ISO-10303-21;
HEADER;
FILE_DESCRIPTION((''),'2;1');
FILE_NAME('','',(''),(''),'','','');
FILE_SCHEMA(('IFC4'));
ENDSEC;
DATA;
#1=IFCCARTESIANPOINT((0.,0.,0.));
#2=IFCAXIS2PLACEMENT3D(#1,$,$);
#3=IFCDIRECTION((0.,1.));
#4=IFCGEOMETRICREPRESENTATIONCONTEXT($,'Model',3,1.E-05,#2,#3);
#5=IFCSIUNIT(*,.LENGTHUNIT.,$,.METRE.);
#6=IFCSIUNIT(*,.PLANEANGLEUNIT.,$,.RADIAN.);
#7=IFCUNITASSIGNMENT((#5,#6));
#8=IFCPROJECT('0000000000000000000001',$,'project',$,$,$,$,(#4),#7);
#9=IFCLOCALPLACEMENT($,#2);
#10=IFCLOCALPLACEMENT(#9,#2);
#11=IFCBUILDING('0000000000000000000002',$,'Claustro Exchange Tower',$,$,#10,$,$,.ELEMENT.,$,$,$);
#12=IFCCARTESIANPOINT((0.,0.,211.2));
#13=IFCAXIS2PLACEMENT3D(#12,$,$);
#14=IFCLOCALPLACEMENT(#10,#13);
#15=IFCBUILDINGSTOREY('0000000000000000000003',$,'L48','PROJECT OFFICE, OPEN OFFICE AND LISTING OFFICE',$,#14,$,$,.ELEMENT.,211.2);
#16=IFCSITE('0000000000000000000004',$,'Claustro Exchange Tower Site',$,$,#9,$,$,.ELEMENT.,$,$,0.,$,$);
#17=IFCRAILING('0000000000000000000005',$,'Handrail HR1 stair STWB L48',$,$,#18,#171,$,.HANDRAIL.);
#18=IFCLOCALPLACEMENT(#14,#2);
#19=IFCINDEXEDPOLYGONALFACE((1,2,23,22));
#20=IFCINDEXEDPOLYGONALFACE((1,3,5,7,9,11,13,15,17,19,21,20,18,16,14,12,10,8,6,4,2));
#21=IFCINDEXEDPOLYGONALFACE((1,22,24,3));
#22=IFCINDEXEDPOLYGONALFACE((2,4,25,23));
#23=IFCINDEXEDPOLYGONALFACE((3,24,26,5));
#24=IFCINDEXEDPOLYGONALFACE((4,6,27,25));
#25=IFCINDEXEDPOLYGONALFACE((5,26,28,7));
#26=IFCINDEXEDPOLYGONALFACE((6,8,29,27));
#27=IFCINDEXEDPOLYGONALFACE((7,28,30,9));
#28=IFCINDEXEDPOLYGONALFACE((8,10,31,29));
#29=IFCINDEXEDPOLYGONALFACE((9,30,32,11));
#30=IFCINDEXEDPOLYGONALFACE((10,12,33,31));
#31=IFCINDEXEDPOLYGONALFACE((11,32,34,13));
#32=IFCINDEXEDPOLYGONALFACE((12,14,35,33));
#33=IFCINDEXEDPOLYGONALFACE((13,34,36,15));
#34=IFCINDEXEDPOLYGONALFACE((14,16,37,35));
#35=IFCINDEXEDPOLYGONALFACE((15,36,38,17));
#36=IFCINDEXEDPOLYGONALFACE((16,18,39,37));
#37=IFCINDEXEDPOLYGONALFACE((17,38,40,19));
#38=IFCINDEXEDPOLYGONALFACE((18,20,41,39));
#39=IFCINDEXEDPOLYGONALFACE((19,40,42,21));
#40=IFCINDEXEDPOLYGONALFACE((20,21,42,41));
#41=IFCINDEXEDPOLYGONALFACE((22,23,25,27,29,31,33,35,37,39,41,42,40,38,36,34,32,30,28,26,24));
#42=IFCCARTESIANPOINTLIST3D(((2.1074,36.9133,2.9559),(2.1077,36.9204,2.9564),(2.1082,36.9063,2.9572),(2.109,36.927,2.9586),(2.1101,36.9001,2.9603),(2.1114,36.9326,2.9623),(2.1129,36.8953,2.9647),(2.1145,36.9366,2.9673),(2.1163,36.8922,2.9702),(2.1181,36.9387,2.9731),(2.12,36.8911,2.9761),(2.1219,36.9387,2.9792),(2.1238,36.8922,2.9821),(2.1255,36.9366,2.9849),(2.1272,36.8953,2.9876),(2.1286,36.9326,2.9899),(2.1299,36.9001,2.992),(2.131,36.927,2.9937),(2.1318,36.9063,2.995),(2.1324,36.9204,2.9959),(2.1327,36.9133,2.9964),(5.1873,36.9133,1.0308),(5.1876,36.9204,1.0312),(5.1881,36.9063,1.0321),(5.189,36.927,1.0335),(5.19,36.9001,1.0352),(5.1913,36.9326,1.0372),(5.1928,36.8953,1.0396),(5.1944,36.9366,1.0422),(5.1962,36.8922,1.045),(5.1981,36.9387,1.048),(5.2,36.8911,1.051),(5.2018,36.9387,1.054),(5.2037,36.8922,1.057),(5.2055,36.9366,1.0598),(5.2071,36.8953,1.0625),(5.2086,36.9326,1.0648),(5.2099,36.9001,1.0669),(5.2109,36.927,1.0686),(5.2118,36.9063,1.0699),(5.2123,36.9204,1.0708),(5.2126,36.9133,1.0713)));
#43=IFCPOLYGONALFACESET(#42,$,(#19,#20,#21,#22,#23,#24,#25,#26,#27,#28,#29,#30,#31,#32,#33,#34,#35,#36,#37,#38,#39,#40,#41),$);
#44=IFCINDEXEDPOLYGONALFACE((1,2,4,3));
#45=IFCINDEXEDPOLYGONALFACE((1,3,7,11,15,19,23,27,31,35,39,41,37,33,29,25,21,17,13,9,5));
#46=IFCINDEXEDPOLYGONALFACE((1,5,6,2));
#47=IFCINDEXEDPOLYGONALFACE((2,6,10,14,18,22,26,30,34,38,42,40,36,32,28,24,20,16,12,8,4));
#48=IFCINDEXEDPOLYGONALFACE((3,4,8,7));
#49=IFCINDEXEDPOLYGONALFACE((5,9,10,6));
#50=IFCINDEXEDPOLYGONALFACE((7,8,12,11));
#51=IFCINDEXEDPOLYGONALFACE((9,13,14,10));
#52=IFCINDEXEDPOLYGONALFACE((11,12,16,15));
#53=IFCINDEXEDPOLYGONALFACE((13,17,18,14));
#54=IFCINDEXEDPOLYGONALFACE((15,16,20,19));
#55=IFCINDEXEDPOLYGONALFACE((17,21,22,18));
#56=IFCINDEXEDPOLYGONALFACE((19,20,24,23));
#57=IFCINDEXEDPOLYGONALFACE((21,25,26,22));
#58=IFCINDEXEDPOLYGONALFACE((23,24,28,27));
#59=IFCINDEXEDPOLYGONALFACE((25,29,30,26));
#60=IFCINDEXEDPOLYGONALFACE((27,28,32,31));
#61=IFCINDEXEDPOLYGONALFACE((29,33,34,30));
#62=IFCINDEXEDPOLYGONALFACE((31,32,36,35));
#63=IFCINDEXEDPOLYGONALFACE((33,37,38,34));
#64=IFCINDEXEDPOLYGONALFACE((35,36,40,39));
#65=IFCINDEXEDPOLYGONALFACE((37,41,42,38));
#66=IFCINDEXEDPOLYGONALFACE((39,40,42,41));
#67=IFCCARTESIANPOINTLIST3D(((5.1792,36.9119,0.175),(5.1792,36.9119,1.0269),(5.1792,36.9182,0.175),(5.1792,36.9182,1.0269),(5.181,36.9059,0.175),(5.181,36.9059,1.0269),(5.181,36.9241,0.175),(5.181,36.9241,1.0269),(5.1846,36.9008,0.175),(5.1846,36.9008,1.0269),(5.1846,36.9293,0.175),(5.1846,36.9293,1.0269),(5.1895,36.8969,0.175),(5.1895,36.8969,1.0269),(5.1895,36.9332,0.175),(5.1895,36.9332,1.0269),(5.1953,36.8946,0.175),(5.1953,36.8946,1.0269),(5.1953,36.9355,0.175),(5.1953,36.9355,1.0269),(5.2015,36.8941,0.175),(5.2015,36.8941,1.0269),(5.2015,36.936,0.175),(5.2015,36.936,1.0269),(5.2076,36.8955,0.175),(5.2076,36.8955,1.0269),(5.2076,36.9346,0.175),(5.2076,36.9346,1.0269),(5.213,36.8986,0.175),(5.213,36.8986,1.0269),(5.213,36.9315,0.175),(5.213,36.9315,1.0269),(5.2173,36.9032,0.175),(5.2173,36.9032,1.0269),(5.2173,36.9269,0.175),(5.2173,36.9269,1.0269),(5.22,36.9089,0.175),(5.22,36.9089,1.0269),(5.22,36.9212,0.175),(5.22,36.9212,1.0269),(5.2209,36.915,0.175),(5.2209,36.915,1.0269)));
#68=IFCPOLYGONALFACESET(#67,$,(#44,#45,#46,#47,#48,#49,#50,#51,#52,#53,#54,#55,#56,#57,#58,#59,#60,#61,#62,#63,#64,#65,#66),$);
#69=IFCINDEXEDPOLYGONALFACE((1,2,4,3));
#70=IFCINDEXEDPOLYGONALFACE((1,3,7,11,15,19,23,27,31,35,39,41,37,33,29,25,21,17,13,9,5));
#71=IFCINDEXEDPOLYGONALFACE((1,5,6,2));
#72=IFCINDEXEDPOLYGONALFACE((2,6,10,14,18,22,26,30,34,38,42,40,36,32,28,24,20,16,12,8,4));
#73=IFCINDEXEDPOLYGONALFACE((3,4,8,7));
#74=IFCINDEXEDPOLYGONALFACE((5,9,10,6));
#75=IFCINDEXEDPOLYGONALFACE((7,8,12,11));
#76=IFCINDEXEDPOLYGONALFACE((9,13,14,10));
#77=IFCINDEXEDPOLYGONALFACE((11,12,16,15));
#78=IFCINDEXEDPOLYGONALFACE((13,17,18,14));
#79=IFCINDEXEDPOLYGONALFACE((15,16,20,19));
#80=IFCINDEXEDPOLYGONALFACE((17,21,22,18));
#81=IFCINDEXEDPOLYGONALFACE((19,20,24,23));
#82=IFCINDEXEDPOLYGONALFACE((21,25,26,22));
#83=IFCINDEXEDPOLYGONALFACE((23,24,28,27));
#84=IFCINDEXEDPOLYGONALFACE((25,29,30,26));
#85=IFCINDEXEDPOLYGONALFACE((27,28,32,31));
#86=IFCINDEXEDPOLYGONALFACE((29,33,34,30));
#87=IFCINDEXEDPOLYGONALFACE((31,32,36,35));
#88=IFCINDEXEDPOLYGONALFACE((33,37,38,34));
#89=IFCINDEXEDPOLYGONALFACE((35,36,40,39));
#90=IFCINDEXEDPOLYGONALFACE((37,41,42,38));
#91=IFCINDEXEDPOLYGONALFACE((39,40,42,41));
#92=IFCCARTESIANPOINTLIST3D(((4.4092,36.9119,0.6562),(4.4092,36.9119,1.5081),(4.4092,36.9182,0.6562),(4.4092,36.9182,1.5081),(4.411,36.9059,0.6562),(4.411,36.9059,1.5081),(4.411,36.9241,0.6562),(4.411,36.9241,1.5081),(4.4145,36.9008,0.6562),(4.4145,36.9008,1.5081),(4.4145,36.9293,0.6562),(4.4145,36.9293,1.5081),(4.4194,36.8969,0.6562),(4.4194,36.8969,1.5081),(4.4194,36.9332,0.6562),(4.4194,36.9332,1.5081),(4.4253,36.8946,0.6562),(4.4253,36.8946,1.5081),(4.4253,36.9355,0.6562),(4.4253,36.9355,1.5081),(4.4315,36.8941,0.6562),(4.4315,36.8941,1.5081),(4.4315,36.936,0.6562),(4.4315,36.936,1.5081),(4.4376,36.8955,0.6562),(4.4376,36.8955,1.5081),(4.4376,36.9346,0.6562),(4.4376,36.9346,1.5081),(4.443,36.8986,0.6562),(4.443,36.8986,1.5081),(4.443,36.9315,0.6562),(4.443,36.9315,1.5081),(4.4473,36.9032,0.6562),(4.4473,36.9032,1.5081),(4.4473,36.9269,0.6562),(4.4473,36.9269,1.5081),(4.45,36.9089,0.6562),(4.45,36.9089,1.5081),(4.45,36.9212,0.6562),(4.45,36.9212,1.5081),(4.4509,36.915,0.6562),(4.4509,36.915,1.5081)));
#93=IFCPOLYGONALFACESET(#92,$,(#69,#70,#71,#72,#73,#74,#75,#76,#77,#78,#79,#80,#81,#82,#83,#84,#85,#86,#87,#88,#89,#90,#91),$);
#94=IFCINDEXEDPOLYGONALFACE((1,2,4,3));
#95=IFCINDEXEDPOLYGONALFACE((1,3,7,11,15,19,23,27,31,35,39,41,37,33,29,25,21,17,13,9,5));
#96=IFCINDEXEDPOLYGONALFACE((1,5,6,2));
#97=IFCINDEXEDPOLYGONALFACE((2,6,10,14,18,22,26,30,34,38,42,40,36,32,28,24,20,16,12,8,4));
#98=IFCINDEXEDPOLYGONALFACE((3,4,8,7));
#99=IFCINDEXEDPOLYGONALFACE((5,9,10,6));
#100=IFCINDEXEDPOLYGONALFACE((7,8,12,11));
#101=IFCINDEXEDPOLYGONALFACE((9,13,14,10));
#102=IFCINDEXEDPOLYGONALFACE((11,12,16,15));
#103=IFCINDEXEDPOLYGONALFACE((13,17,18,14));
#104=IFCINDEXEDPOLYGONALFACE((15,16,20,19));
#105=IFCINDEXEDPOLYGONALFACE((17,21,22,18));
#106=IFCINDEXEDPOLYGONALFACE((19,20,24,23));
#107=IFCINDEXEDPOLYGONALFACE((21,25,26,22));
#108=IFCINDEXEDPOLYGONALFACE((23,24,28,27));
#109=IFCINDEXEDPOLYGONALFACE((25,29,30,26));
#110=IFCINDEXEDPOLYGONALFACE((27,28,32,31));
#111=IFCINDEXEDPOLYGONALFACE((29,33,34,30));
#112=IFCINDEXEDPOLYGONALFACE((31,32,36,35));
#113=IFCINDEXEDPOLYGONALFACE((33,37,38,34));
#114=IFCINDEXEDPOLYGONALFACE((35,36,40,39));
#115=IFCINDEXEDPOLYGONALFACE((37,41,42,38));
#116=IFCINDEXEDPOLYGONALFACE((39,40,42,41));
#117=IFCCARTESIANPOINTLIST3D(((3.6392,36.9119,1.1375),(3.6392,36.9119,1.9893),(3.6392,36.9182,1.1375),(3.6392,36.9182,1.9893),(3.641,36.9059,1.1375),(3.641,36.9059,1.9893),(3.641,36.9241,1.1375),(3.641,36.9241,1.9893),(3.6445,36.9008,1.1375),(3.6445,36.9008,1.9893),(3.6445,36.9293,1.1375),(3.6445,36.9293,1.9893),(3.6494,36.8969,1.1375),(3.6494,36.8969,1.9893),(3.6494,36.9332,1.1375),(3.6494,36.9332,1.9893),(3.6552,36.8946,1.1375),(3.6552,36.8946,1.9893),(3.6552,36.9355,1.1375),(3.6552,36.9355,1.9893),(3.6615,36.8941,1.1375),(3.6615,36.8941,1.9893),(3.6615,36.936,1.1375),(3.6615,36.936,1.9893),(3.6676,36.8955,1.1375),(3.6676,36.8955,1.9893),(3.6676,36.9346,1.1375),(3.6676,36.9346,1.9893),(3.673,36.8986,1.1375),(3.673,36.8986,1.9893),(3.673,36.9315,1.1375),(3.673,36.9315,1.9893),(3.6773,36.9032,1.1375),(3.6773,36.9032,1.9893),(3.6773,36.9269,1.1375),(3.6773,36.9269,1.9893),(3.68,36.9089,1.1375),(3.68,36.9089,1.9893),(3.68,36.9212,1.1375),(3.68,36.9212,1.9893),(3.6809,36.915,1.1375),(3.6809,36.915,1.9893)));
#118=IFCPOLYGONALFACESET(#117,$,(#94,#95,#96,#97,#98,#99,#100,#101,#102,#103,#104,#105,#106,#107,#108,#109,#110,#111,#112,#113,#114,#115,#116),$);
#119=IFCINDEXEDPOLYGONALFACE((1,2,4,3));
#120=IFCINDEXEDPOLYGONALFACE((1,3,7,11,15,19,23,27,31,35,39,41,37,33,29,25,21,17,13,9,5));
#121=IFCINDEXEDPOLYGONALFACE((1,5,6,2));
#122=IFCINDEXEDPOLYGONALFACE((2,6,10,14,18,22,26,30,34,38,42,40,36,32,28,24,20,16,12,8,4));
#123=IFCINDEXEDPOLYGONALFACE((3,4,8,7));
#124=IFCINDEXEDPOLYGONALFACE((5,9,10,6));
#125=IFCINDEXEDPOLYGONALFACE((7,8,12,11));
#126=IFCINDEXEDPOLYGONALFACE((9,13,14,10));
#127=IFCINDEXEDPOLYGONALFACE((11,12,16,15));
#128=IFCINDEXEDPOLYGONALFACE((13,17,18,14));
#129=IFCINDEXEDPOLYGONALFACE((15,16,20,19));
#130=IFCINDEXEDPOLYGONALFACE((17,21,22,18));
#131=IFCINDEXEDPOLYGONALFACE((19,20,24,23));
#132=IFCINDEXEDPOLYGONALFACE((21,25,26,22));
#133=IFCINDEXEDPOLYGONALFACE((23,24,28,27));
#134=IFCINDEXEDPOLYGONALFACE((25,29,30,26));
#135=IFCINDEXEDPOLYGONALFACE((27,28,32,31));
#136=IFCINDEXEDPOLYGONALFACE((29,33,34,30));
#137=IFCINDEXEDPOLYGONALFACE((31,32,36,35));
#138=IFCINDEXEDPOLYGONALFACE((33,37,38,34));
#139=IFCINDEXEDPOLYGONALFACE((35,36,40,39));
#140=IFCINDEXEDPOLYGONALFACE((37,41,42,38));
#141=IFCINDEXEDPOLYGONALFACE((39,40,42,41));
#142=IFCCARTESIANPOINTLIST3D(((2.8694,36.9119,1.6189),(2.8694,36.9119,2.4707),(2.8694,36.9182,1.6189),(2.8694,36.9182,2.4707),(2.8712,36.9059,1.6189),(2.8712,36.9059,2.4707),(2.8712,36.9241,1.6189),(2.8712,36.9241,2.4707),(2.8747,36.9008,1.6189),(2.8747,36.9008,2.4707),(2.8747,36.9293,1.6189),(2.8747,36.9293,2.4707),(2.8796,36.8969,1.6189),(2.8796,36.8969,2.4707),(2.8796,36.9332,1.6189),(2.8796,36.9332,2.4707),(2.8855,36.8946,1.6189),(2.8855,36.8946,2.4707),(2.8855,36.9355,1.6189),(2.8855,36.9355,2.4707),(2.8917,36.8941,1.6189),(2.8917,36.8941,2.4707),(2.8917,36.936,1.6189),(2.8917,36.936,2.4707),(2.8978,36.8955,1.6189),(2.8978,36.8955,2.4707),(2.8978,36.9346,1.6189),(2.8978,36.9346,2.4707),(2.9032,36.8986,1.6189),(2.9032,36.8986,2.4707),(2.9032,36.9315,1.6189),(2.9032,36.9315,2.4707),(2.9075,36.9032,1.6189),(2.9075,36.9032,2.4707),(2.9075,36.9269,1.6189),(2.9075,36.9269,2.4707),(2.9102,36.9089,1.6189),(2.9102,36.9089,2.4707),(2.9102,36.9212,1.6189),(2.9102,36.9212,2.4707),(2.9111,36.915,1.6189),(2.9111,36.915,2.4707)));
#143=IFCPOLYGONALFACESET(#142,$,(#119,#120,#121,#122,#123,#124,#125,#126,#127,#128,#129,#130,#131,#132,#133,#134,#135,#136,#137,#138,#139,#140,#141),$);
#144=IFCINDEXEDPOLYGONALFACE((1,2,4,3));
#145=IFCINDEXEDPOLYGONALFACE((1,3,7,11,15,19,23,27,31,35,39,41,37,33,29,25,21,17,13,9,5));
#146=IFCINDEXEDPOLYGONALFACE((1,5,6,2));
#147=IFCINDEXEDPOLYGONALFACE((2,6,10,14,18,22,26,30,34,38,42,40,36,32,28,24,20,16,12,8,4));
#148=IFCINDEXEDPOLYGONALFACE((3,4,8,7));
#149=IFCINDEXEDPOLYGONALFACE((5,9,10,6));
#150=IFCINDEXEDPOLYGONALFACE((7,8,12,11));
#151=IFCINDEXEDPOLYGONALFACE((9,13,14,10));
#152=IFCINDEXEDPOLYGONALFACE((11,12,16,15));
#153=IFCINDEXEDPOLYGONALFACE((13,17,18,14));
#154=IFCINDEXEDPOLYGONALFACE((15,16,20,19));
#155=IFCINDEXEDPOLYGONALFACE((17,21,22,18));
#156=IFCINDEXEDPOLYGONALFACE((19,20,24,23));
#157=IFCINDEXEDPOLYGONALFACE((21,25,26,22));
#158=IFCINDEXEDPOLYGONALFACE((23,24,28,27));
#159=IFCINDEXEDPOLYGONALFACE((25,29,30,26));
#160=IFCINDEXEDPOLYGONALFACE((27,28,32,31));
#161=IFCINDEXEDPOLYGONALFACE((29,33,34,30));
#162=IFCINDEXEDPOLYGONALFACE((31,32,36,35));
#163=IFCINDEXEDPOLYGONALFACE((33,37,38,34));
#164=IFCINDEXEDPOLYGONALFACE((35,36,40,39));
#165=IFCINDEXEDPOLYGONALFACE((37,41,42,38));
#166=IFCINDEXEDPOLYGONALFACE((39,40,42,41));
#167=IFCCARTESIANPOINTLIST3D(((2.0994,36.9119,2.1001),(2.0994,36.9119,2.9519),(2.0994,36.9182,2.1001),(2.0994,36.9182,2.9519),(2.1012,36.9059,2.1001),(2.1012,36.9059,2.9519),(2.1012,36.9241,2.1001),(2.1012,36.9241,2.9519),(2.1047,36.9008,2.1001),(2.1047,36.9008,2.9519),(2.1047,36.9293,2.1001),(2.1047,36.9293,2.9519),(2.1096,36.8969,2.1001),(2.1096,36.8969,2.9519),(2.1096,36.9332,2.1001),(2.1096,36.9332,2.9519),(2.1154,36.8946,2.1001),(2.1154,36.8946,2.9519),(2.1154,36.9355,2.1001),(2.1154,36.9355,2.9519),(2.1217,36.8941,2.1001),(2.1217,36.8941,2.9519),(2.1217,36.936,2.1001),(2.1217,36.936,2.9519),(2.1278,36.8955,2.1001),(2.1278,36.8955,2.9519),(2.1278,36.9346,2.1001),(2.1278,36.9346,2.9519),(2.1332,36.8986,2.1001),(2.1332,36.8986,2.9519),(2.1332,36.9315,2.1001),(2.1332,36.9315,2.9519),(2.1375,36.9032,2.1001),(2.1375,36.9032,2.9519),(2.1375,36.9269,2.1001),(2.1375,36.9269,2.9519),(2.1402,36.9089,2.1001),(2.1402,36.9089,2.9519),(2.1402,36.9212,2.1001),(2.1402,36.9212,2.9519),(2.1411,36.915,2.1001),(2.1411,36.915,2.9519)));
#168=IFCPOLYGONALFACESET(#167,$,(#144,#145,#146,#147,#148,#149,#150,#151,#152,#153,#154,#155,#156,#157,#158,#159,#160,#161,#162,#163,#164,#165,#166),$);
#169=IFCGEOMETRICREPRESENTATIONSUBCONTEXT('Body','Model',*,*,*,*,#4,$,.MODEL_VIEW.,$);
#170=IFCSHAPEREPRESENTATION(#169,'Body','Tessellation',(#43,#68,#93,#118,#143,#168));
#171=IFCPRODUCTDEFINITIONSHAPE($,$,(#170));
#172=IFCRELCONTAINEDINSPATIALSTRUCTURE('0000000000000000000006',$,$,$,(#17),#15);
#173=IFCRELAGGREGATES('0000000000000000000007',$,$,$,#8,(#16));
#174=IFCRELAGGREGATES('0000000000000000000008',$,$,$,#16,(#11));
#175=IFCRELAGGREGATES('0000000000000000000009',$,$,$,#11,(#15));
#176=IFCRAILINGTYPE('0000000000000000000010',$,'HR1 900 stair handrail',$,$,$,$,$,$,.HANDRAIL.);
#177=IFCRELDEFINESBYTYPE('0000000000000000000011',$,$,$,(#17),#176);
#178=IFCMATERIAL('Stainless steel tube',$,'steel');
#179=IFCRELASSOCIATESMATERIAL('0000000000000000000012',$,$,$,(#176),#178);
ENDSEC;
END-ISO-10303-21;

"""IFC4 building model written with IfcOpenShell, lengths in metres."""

from ifc_helpers import new_model, si_unit, direction, frame, origin, origin_2d, place, context, subcontext, project, spatial, circle, extrude, material, type_object, element, save


model = new_model("IFC4")

# Units and contexts
model_context = context("Model", 3, precision=1e-05, world=origin(), true_north=direction((0.0, 1.0)))
body_context = subcontext(model_context, "Body", "Model", "MODEL_VIEW")
ifc_project = project(units=[si_unit("LENGTHUNIT", "METRE"), si_unit("PLANEANGLEUNIT", "RADIAN")], contexts=[model_context])

# Site, building, storey
site_placement = place(None, origin())
site = spatial("IfcSite", under=ifc_project, at=site_placement, Name="Claustro Exchange Tower Site", CompositionType="ELEMENT", RefElevation=0.0)
building_placement = place(site_placement, origin())
building = spatial("IfcBuilding", under=site, at=building_placement, Name="Claustro Exchange Tower", CompositionType="ELEMENT")
storey_placement = place(building_placement, frame((0.0, 0.0, 211.2)))
storey = spatial("IfcBuildingStorey", under=building, at=storey_placement, Name="L48", Description="PROJECT OFFICE, OPEN OFFICE AND LISTING OFFICE", CompositionType="ELEMENT", Elevation=211.2)

# Railing
ifc_material_1 = material(Name="Stainless steel tube", Category="steel")
railing_type_1 = type_object("IfcRailingType", Name="HR1 900 stair handrail", PredefinedType="HANDRAIL", material=ifc_material_1)
railing_1_placement = place(storey_placement, frame((5.2, 36.915, 0.175)))
element("IfcRailing", 1, at=railing_1_placement, inside=storey, type_object=railing_type_1, Name="Handrail HR1 stair STWB L48", PredefinedType="HANDRAIL", context=body_context, shape_type="SweptSolid", body=[
    extrude(circle(Radius=0.0239, at=origin_2d()), frame((0.0, 0.0, 0.876), z_axis=(-0.847979, 0.0, 0.530029), x_axis=(0.0, -1.0, 0.0)), (0.0, 0.0, 1.0), 3.6321),
    extrude(circle(Radius=0.021, at=origin_2d()), origin(), (0.0, 0.0, 1.0), 0.8518),
    extrude(circle(Radius=0.021, at=origin_2d()), frame((-0.77, 0.0, 0.4812)), (0.0, 0.0, 1.0), 0.8518),
    extrude(circle(Radius=0.021, at=origin_2d()), frame((-1.54, 0.0, 0.9624)), (0.0, 0.0, 1.0), 0.8518),
    extrude(circle(Radius=0.021, at=origin_2d()), frame((-2.3098, 0.0, 1.4438)), (0.0, 0.0, 1.0), 0.8518),
    extrude(circle(Radius=0.021, at=origin_2d()), frame((-3.0798, 0.0, 1.925)), (0.0, 0.0, 1.0), 0.8518),
])

save(model, "model.ifc")
